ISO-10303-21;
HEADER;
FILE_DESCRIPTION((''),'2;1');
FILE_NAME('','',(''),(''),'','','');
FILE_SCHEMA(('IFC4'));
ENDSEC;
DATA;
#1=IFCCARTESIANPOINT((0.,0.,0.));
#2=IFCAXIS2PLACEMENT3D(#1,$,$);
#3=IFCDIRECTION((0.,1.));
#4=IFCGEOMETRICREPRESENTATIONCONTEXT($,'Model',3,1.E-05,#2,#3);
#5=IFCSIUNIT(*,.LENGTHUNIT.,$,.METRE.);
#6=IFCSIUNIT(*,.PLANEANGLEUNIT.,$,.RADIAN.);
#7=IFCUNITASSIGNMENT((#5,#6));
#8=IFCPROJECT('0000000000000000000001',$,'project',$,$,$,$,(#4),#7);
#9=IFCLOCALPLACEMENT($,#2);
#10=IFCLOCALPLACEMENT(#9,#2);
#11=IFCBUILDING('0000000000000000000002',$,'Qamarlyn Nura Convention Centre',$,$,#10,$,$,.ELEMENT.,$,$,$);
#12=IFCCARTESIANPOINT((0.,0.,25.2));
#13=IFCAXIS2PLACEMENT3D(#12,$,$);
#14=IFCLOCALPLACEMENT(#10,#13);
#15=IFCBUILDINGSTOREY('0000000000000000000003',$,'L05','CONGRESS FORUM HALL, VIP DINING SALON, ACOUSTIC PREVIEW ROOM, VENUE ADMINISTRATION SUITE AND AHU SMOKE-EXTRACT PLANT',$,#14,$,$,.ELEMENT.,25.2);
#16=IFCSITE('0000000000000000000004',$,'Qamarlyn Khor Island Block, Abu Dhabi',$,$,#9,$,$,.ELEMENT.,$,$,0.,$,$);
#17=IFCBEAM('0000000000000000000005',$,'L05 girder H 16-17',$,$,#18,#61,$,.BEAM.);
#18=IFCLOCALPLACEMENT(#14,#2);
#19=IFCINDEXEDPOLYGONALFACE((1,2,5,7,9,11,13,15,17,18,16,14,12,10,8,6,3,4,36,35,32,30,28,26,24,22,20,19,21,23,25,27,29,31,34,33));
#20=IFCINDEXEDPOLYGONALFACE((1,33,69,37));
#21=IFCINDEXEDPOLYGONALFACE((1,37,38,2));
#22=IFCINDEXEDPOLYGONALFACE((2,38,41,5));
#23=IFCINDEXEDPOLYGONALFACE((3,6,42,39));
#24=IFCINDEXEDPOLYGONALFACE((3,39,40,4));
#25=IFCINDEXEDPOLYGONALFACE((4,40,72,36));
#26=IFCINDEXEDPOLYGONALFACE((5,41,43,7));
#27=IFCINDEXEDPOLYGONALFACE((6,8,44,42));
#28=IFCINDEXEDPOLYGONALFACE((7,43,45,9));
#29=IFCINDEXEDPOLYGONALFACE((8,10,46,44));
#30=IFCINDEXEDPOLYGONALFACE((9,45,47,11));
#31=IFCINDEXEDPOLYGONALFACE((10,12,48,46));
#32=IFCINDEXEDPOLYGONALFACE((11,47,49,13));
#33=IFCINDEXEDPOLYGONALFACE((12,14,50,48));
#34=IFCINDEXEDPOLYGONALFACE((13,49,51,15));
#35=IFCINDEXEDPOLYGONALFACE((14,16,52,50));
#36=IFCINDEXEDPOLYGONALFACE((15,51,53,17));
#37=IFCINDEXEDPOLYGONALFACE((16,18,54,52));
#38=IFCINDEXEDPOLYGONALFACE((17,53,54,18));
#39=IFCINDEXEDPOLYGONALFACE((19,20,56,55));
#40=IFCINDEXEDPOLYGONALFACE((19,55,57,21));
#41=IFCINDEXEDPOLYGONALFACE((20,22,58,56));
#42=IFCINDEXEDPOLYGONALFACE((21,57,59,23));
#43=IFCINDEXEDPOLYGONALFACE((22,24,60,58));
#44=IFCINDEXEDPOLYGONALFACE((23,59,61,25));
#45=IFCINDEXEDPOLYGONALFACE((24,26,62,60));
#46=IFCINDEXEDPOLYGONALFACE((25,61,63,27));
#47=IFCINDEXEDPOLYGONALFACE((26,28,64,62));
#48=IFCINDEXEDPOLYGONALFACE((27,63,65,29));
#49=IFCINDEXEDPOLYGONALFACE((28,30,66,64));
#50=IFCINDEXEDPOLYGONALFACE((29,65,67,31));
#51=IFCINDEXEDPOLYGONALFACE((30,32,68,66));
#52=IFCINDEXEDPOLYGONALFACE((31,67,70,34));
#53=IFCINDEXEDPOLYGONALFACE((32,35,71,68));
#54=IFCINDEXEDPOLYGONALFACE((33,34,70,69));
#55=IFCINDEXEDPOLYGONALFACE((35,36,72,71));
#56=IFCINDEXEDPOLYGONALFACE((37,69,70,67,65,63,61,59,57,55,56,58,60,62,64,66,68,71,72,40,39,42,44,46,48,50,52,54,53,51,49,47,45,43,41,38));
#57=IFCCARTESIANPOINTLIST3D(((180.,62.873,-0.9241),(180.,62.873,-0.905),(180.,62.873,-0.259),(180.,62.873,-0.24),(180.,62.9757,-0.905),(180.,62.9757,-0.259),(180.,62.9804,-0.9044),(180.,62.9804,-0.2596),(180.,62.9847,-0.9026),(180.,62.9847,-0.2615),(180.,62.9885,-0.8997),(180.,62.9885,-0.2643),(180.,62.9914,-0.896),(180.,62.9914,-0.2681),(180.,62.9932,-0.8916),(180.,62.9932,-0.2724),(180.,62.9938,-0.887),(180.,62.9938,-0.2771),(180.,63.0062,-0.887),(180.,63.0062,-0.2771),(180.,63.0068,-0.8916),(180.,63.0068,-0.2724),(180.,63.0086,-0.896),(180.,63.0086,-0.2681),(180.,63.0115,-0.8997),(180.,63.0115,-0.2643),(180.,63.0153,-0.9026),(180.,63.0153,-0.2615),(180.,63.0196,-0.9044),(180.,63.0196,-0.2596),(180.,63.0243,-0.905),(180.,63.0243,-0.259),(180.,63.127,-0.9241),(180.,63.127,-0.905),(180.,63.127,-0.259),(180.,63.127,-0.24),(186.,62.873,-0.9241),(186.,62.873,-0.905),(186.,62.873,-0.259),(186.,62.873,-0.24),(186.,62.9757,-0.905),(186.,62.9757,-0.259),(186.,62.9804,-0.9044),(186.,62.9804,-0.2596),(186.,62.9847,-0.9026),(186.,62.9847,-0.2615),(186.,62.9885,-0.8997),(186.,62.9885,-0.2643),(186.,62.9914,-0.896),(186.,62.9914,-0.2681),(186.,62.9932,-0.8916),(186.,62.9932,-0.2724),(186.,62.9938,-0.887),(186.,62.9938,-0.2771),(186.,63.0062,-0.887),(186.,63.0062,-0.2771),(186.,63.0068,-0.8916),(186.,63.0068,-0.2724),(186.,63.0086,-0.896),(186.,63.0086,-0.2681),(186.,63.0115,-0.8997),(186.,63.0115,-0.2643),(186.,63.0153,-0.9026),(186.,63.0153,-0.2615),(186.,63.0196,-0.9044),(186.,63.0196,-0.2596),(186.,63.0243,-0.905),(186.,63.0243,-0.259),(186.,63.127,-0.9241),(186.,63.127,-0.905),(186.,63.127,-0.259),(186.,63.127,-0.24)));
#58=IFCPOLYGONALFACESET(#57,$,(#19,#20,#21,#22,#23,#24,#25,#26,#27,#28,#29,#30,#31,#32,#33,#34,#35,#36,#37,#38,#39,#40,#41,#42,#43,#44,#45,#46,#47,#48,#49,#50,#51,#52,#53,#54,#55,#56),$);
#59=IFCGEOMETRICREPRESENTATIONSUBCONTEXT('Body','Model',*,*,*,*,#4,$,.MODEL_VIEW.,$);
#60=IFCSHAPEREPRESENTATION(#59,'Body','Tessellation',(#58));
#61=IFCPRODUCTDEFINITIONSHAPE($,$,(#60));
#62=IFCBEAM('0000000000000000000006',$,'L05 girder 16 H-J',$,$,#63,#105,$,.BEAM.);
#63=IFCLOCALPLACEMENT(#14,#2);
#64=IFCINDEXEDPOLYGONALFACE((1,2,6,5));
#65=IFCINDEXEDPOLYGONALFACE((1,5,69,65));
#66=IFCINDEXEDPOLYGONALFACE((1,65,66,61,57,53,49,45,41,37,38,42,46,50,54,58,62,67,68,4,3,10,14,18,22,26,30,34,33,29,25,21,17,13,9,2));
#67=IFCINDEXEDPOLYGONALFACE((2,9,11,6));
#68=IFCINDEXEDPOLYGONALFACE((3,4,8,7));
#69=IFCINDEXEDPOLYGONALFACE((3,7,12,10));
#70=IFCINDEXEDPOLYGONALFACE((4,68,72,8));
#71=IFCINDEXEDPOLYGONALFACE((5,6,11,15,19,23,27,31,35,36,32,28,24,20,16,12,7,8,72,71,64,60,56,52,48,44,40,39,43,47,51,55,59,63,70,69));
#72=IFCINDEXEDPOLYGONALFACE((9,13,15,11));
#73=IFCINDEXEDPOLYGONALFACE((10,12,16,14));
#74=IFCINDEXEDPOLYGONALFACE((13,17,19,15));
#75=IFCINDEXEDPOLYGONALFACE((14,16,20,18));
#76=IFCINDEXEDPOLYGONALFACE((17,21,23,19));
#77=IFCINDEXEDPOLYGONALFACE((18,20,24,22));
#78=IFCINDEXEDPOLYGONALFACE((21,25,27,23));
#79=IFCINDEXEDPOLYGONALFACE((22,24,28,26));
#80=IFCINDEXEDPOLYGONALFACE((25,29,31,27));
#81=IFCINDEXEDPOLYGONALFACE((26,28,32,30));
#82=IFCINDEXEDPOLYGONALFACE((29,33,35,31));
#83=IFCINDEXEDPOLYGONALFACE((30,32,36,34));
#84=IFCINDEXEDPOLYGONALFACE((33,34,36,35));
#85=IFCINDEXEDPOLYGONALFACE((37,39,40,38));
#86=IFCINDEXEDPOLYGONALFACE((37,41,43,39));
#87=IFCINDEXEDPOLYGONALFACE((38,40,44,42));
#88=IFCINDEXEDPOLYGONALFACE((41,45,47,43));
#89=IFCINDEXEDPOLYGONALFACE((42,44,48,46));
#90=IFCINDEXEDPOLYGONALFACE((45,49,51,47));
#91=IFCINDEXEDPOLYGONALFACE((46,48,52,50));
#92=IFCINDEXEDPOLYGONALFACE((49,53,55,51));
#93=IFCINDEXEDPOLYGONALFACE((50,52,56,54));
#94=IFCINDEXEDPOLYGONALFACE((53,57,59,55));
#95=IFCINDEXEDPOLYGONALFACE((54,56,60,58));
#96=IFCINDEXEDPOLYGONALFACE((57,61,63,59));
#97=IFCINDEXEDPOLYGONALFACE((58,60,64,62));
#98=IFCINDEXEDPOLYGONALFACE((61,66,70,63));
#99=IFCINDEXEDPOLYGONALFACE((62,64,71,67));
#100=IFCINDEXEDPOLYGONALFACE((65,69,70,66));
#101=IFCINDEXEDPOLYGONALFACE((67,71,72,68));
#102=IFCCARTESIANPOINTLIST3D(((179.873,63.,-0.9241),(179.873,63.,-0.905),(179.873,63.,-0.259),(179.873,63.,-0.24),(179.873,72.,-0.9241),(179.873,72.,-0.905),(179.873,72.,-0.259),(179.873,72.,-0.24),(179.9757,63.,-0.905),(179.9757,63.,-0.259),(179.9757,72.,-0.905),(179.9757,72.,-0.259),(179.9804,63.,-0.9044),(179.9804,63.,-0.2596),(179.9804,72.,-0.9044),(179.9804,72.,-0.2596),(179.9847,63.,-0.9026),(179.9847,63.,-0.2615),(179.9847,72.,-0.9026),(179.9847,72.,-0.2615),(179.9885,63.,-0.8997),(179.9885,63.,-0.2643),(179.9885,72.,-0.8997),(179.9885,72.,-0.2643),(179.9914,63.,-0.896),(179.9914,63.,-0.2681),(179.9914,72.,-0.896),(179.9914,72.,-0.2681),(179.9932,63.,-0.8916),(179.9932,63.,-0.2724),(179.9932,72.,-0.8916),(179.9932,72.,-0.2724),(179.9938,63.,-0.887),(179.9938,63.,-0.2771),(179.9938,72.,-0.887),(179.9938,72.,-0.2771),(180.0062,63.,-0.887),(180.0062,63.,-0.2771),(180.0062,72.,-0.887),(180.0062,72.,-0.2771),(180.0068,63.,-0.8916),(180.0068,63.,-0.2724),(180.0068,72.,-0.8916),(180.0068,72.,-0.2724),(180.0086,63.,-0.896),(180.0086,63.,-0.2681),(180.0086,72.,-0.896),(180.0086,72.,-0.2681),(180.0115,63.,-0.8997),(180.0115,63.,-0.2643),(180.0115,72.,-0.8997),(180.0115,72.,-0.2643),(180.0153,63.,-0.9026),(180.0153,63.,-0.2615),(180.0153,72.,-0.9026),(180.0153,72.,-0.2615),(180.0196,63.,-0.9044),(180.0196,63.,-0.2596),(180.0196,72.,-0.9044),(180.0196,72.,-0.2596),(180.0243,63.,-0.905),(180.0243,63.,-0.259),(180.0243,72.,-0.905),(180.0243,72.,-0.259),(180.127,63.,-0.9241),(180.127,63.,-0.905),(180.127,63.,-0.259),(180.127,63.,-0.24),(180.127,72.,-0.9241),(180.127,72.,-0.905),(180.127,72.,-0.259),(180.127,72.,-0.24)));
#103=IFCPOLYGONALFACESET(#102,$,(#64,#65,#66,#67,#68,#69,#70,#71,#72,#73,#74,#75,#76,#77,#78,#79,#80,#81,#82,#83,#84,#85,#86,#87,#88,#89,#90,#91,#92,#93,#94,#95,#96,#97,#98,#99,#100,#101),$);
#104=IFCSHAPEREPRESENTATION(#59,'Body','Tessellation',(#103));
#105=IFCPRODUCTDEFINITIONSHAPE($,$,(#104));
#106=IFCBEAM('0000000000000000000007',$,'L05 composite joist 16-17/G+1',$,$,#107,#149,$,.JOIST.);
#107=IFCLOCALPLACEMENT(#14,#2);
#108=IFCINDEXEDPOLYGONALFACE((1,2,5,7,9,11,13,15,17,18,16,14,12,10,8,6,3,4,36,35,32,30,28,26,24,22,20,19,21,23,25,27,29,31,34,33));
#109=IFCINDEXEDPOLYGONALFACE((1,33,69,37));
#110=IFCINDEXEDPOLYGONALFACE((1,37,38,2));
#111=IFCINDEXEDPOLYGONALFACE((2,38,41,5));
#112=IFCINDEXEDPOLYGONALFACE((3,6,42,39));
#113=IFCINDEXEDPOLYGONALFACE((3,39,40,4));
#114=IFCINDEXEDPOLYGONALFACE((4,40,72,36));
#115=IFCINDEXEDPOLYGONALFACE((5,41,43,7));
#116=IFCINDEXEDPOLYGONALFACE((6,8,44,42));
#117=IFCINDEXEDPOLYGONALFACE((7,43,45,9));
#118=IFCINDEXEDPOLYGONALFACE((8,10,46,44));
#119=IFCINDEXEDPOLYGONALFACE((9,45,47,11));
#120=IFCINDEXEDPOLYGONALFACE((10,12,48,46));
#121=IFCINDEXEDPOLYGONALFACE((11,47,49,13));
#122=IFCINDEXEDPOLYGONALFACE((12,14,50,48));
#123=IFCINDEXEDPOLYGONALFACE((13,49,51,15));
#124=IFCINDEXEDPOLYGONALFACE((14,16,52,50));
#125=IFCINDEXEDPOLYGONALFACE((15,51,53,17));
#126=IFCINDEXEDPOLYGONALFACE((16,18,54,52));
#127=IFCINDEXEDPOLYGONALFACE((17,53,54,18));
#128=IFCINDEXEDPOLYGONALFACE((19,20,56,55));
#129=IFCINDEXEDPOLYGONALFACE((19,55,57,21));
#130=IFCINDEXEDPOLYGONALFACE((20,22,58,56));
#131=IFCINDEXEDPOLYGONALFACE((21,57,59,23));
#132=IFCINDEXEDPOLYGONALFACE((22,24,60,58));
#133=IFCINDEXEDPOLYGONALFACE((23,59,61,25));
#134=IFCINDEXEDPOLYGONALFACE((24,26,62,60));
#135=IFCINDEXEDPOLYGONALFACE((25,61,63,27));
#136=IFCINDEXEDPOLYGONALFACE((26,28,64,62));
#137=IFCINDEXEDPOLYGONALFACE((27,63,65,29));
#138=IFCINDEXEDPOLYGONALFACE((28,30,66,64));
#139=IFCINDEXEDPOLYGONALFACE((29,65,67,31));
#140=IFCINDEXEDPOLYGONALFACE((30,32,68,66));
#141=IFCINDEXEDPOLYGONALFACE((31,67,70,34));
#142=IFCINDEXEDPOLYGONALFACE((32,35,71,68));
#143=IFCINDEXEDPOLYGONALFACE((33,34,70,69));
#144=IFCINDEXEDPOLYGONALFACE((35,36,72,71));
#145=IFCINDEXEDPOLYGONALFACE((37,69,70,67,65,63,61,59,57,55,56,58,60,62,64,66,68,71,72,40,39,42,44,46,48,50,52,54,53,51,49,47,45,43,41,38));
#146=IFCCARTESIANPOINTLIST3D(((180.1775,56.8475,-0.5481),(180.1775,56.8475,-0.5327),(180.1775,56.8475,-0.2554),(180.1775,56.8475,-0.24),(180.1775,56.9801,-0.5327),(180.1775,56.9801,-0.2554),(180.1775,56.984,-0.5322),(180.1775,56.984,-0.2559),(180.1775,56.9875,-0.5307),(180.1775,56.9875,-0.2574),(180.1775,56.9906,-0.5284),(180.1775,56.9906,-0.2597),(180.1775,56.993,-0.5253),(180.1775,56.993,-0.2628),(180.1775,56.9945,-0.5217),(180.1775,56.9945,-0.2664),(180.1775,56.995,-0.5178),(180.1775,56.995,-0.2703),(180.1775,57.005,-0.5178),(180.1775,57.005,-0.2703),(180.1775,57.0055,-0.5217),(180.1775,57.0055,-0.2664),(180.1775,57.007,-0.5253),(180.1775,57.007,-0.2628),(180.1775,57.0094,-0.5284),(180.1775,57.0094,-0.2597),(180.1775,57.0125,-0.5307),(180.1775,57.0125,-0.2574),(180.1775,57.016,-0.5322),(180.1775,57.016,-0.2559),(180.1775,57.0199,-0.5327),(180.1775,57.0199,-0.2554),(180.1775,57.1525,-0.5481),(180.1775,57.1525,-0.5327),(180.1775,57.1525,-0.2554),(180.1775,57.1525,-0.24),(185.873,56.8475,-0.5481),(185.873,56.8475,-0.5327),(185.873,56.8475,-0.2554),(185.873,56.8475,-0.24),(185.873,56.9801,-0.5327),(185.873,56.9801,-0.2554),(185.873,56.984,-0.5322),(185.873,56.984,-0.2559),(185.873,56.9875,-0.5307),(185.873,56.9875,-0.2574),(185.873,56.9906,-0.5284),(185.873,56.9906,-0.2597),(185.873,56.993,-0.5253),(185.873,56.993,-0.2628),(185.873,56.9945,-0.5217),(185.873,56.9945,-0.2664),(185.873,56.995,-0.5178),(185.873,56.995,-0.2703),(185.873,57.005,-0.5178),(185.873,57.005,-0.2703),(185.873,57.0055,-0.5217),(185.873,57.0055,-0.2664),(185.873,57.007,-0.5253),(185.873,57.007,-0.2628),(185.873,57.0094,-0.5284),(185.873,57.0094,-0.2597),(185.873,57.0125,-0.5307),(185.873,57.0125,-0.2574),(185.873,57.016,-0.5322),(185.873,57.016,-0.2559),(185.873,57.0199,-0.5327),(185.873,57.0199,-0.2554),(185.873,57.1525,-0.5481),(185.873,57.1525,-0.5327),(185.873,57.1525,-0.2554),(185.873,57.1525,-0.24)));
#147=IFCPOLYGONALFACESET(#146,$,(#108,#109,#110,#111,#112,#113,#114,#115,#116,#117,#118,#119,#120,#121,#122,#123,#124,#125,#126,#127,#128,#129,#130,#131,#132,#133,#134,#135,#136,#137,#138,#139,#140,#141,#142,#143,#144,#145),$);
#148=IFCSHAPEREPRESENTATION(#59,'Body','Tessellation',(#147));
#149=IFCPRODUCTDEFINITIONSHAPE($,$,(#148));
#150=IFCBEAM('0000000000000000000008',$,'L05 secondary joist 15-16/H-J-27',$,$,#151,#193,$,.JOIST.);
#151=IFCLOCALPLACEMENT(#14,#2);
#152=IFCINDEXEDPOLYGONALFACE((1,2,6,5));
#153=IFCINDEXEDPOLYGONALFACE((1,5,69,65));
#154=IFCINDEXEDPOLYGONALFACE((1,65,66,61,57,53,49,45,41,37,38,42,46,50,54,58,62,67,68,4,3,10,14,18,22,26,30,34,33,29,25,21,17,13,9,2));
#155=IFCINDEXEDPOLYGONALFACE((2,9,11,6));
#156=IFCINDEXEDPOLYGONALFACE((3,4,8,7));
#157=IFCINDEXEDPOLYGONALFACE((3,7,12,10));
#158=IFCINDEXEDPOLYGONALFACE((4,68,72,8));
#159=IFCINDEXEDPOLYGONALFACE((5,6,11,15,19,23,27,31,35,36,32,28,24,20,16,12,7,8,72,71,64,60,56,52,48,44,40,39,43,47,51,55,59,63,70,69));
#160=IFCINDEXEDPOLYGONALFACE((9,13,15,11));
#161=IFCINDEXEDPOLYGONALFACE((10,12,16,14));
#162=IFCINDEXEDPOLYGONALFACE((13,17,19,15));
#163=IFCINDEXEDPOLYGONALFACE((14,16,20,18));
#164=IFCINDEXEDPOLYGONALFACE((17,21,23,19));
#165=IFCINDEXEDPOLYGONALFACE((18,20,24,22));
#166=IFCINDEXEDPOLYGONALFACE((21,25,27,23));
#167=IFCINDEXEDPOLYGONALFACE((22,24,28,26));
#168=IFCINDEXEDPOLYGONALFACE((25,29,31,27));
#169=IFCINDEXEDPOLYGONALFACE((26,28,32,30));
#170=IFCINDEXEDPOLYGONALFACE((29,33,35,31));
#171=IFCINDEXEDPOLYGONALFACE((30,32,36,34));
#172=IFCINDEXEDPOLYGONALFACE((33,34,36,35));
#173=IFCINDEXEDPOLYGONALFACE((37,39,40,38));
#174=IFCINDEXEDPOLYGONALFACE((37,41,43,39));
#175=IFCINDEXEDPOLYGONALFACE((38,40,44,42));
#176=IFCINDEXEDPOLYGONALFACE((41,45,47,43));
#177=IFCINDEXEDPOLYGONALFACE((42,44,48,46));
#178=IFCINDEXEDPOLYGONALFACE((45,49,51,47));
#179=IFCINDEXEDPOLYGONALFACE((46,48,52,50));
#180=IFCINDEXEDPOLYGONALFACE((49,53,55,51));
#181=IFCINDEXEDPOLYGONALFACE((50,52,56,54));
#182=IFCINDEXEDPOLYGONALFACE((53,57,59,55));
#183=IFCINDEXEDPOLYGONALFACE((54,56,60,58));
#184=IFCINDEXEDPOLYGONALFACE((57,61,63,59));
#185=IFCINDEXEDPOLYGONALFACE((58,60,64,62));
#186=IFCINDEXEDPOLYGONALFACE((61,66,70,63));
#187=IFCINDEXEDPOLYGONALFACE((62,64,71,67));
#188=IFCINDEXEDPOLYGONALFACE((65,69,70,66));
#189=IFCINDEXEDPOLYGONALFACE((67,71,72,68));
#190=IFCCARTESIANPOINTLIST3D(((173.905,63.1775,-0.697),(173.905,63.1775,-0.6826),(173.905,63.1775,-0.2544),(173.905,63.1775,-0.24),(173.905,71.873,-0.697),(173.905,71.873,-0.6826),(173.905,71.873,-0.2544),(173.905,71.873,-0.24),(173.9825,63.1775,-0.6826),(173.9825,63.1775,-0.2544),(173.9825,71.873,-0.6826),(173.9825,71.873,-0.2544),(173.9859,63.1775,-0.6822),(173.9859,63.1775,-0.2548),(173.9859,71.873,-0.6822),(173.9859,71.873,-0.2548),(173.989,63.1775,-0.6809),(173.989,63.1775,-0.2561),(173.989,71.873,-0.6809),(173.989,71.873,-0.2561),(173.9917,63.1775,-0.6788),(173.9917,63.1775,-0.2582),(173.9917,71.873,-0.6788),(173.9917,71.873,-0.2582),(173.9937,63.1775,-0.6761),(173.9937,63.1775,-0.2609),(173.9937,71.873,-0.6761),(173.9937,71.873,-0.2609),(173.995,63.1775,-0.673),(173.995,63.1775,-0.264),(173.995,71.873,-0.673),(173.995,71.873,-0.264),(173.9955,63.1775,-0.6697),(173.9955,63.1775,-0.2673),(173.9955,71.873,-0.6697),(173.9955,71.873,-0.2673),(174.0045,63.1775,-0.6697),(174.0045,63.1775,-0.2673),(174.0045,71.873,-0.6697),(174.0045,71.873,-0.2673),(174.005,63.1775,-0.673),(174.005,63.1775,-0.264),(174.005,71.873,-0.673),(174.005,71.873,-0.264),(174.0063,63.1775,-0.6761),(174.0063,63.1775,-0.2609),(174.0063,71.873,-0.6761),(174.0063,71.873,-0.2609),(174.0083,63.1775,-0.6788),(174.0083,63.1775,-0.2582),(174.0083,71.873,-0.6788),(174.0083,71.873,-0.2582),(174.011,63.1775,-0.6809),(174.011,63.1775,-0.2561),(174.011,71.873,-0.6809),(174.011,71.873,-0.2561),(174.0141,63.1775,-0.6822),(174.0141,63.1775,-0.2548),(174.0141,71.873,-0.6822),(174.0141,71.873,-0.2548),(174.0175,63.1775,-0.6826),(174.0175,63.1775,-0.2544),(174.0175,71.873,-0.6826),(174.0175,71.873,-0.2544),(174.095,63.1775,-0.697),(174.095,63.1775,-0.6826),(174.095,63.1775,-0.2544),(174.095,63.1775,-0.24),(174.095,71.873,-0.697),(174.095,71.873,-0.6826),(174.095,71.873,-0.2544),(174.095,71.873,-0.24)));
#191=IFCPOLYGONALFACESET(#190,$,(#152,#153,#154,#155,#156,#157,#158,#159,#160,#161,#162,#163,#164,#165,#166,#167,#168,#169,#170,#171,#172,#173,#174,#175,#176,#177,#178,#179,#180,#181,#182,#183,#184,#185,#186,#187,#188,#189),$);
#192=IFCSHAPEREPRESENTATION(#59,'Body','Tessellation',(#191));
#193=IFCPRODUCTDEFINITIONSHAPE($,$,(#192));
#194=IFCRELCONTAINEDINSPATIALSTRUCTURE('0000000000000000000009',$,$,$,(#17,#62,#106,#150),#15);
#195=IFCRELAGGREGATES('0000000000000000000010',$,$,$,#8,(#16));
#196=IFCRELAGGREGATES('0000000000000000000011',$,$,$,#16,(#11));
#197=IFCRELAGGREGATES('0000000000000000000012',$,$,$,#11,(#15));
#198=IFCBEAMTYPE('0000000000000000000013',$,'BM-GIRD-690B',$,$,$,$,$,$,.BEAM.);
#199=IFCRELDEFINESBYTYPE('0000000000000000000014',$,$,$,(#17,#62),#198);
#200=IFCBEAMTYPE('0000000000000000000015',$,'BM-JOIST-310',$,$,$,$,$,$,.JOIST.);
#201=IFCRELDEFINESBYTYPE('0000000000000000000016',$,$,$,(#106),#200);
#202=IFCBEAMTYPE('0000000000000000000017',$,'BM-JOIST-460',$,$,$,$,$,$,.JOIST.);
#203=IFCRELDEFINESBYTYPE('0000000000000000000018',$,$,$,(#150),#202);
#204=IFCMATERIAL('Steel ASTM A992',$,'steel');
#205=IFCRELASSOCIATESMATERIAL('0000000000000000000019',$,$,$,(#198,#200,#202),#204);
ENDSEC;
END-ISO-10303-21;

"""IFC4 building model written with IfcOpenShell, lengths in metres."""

from ifc_helpers import new_model, si_unit, direction, frame, origin, origin_2d, place, context, subcontext, project, spatial, i_section, extrude, material, material_profile, profile_set, type_object, element, save


model = new_model("IFC4")

# Units and contexts
model_context = context("Model", 3, precision=1e-05, world=origin(), true_north=direction((0.0, 1.0)))
body_context = subcontext(model_context, "Body", "Model", "MODEL_VIEW")
ifc_project = project(units=[si_unit("LENGTHUNIT", "METRE"), si_unit("PLANEANGLEUNIT", "RADIAN")], contexts=[model_context])

# Site, building, storey
site_placement = place(None, origin())
site = spatial("IfcSite", under=ifc_project, at=site_placement, Name="Qamarlyn Khor Island Block, Abu Dhabi", CompositionType="ELEMENT", RefElevation=0.0)
building_placement = place(site_placement, origin())
building = spatial("IfcBuilding", under=site, at=building_placement, Name="Qamarlyn Nura Convention Centre", CompositionType="ELEMENT")
storey_placement = place(building_placement, frame((0.0, 0.0, 25.2)))
storey = spatial("IfcBuildingStorey", under=building, at=storey_placement, Name="L05", Description="CONGRESS FORUM HALL, VIP DINING SALON, ACOUSTIC PREVIEW ROOM, VENUE ADMINISTRATION SUITE AND AHU SMOKE-EXTRACT PLANT", CompositionType="ELEMENT", Elevation=25.2)

# Shared definitions
ifc_material_1 = material(Name="Steel ASTM A992", Category="steel")

# Beams
ifc_material_profile_1 = material_profile(ifc_material_1, i_section(OverallWidth=0.2539, OverallDepth=0.6841, WebThickness=0.0125, FlangeThickness=0.019, FilletRadius=0.0181, at=origin_2d()), Name="W690X140")
ifc_profile_set_1 = profile_set([ifc_material_profile_1], Name="Steel ASTM A992")
beam_type_1 = type_object("IfcBeamType", Name="BM-GIRD-690B", PredefinedType="BEAM", material=ifc_profile_set_1)
beam_1_placement = place(storey_placement, frame((180.0, 63.0, -0.582), z_axis=(1.0, 0.0, 0.0), x_axis=(0.0, 1.0, 0.0)))
element("IfcBeam", 1, at=beam_1_placement, inside=storey, type_object=beam_type_1, Name="L05 girder H 16-17", PredefinedType="BEAM", context=body_context, shape_type="SweptSolid", body=[
    extrude(i_section(OverallWidth=0.2539, OverallDepth=0.6841, WebThickness=0.0125, FlangeThickness=0.019, FilletRadius=0.0181, at=origin_2d()), origin(), (0.0, 0.0, 1.0), 6.0),
])
beam_2_placement = place(storey_placement, frame((180.0, 63.0, -0.582), z_axis=(0.0, 1.0, 0.0), x_axis=(-1.0, 0.0, 0.0)))
element("IfcBeam", 2, at=beam_2_placement, inside=storey, type_object=beam_type_1, Name="L05 girder 16 H-J", PredefinedType="BEAM", context=body_context, shape_type="SweptSolid", body=[
    extrude(i_section(OverallWidth=0.2539, OverallDepth=0.6841, WebThickness=0.0125, FlangeThickness=0.019, FilletRadius=0.0181, at=origin_2d()), origin(), (0.0, 0.0, 1.0), 9.0),
])
ifc_material_profile_2 = material_profile(ifc_material_1, i_section(OverallWidth=0.3049, OverallDepth=0.3081, WebThickness=0.01, FlangeThickness=0.0154, FilletRadius=0.0149, at=origin_2d()), Name="W310X97")
ifc_profile_set_2 = profile_set([ifc_material_profile_2], Name="Steel ASTM A992")
beam_type_2 = type_object("IfcBeamType", Name="BM-JOIST-310", PredefinedType="JOIST", material=ifc_profile_set_2)
beam_3_placement = place(storey_placement, frame((180.1775, 57.0, -0.394), z_axis=(1.0, 0.0, 0.0), x_axis=(0.0, 1.0, 0.0)))
element("IfcBeam", 3, at=beam_3_placement, inside=storey, type_object=beam_type_2, Name="L05 composite joist 16-17/G+1", PredefinedType="JOIST", context=body_context, shape_type="SweptSolid", body=[
    extrude(i_section(OverallWidth=0.3049, OverallDepth=0.3081, WebThickness=0.01, FlangeThickness=0.0154, FilletRadius=0.0149, at=origin_2d()), origin(), (0.0, 0.0, 1.0), 5.6956),
])
ifc_material_profile_3 = material_profile(ifc_material_1, i_section(OverallWidth=0.1899, OverallDepth=0.457, WebThickness=0.009, FlangeThickness=0.0144, FilletRadius=0.0129, at=origin_2d()), Name="W460X74")
ifc_profile_set_3 = profile_set([ifc_material_profile_3], Name="Steel ASTM A992")
beam_type_3 = type_object("IfcBeamType", Name="BM-JOIST-460", PredefinedType="JOIST", material=ifc_profile_set_3)
for number, where, z_axis, x_axis, name in (
    (4, (174.0, 63.1775, -0.4685), (0.0, 1.0, 0.0), (-1.0, 0.0, 0.0), "L05 secondary joist 15-16/H-J-27"),
):
    element("IfcBeam", number, at=place(storey_placement, frame(where, z_axis=z_axis, x_axis=x_axis)), inside=storey, type_object=beam_type_3, Name=name, PredefinedType="JOIST", context=body_context, shape_type="SweptSolid", body=[
        extrude(i_section(OverallWidth=0.1899, OverallDepth=0.457, WebThickness=0.009, FlangeThickness=0.0144, FilletRadius=0.0129, at=origin_2d()), origin(), (0.0, 0.0, 1.0), 8.6956),
    ])

save(model, "model.ifc")
